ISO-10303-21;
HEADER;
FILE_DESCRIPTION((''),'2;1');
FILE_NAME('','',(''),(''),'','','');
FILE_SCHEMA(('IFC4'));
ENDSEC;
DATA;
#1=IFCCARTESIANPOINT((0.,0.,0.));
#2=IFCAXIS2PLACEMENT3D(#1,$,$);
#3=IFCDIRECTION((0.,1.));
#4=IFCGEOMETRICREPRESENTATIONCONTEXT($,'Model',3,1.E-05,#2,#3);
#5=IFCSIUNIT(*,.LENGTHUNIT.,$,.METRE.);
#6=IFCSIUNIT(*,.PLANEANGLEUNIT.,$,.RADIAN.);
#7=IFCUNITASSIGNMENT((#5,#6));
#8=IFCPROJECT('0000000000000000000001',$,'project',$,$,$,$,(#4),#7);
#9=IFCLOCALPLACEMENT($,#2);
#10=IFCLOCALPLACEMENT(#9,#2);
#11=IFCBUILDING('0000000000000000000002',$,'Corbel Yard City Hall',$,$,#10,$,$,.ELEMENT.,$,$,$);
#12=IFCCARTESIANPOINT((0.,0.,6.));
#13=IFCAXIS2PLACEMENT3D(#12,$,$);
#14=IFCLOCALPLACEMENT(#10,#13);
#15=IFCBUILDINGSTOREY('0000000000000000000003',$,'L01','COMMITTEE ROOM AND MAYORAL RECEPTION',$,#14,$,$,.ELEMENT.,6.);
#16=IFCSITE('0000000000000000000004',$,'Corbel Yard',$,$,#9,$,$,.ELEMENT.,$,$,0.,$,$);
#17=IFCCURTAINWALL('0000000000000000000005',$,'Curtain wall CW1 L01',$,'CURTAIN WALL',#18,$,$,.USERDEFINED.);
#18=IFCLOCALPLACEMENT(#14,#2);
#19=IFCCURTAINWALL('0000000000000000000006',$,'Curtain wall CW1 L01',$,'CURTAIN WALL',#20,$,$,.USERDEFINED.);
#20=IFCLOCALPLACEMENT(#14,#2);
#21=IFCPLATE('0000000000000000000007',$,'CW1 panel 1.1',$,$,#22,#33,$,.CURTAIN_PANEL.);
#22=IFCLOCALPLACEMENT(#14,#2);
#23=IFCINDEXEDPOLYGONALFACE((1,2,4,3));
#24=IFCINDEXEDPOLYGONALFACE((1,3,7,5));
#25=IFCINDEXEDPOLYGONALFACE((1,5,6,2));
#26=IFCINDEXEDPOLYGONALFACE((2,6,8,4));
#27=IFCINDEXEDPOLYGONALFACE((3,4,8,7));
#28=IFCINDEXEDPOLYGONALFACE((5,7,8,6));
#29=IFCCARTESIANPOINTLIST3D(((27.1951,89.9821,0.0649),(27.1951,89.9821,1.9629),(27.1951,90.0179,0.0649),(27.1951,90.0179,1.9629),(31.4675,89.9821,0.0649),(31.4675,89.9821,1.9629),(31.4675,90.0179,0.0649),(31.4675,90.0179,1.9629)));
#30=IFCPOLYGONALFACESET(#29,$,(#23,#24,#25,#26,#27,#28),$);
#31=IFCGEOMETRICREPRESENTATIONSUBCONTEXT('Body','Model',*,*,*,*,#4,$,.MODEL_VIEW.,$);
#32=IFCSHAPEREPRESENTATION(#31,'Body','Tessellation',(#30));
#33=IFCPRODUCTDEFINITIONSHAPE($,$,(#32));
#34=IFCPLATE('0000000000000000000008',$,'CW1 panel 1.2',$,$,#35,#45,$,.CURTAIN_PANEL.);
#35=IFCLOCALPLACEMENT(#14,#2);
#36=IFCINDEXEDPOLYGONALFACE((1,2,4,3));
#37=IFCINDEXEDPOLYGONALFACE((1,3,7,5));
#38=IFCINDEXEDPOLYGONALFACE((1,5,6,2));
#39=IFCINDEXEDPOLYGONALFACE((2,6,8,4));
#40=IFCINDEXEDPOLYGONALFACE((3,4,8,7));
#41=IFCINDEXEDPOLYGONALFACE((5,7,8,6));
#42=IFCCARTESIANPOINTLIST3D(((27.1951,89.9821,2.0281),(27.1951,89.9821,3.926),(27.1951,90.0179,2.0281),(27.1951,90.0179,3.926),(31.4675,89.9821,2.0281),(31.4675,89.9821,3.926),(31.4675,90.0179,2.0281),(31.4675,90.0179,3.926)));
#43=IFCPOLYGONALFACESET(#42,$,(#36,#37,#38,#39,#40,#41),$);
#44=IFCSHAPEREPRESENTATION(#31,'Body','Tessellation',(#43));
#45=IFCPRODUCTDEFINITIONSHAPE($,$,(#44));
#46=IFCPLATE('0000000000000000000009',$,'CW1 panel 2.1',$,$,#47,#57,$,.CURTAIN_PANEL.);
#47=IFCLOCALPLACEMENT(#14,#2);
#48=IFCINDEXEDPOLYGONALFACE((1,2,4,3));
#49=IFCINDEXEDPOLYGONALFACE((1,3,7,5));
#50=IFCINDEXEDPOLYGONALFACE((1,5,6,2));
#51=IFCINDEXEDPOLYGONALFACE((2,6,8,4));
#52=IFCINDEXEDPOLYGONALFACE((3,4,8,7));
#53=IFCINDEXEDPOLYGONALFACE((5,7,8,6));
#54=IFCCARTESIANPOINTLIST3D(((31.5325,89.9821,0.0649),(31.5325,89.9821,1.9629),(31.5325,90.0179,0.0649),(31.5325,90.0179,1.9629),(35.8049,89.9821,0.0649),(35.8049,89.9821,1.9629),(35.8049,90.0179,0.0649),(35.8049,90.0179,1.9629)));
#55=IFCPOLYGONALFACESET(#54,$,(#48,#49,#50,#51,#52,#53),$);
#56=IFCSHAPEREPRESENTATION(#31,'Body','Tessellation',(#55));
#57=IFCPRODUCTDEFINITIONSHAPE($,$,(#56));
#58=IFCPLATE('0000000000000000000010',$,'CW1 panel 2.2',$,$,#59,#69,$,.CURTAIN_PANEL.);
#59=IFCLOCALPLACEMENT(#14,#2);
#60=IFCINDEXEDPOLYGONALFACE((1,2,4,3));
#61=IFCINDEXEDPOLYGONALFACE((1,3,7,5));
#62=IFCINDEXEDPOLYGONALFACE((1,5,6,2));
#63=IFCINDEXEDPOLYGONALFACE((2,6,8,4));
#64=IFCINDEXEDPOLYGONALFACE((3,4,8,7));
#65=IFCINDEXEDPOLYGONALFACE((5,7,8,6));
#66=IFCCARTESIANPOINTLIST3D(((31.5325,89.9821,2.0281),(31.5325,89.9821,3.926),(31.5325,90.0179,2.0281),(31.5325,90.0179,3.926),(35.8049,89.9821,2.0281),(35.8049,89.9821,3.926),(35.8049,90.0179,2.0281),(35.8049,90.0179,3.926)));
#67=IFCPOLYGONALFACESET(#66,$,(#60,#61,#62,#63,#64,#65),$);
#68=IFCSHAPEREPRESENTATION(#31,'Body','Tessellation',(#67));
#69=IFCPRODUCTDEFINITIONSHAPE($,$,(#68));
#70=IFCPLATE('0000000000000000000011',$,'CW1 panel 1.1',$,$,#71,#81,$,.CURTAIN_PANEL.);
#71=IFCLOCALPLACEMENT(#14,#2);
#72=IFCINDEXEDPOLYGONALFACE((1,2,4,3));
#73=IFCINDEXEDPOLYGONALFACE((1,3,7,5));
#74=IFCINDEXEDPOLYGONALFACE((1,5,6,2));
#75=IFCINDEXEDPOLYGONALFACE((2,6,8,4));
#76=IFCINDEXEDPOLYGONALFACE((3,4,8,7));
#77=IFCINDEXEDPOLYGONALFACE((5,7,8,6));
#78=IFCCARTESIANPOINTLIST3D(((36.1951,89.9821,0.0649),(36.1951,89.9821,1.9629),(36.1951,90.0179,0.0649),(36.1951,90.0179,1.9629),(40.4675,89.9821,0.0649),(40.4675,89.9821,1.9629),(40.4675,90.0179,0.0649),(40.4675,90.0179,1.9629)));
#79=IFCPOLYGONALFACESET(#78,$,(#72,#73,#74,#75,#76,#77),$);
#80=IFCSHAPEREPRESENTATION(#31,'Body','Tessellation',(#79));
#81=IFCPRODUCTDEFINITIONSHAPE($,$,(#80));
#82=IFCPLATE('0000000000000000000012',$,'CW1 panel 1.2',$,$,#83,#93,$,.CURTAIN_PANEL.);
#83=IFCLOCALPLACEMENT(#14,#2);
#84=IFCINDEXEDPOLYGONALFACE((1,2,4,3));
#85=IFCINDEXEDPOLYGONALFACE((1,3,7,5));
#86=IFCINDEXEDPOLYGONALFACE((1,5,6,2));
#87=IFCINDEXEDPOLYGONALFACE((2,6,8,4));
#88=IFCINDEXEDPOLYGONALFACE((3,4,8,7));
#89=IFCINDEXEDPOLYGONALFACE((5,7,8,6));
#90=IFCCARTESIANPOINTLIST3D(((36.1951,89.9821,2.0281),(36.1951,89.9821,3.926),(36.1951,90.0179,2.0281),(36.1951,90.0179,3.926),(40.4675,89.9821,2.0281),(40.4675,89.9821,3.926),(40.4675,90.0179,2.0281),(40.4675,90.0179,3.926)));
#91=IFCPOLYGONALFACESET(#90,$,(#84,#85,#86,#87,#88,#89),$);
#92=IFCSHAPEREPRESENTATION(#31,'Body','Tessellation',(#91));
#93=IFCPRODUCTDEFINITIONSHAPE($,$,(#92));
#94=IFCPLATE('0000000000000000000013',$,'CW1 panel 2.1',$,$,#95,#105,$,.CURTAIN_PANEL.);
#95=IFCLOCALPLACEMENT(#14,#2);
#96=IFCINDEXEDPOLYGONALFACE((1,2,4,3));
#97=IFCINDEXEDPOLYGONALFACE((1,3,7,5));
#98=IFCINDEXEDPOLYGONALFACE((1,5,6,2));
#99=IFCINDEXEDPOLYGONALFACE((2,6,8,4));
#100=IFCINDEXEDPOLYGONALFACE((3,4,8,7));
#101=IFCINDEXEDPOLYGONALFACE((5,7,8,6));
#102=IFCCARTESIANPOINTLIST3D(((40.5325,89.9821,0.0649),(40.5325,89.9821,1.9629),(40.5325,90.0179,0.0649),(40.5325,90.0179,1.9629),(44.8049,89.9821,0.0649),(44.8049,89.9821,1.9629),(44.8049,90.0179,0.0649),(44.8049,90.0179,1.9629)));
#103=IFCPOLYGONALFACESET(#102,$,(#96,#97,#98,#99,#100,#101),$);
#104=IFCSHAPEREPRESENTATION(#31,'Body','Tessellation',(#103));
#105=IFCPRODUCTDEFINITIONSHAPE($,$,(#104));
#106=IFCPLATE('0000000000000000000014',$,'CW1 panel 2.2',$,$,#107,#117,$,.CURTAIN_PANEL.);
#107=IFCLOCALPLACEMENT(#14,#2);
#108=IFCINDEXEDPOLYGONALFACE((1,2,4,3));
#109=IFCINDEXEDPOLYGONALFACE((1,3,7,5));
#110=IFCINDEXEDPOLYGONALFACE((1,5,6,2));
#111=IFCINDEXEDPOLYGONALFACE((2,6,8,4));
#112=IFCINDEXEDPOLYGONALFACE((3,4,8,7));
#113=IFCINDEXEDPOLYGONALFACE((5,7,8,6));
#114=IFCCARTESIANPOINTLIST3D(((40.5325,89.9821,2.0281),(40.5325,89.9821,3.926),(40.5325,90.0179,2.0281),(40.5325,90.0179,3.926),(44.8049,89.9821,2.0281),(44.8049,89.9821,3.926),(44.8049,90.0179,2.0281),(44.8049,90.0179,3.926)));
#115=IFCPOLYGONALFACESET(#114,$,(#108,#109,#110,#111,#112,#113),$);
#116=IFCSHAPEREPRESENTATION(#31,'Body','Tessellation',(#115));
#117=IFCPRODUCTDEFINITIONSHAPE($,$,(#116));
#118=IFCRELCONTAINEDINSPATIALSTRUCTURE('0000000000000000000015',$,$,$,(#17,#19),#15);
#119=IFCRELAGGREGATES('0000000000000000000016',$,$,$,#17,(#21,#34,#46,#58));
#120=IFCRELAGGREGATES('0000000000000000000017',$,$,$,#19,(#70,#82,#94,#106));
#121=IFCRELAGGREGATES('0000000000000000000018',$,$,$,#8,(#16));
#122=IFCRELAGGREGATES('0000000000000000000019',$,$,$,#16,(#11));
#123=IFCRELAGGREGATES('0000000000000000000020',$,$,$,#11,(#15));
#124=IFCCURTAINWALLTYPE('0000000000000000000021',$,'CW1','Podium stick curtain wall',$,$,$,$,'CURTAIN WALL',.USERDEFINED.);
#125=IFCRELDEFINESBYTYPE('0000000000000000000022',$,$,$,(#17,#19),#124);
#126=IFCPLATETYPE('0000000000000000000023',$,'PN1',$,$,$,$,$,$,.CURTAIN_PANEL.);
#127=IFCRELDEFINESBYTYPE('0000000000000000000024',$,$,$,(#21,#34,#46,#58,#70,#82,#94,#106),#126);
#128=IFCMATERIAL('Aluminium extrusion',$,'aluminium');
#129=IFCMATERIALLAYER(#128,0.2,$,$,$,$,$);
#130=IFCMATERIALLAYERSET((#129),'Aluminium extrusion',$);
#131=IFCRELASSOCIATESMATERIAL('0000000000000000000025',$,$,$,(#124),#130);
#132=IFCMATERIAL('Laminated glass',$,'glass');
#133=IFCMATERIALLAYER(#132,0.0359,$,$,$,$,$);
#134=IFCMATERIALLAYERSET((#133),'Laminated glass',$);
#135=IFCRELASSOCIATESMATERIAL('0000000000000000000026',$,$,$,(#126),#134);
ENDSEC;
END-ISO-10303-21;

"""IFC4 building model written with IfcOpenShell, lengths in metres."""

from ifc_helpers import new_model, si_unit, direction, frame, origin, origin_2d, place, context, subcontext, project, spatial, rectangle, extrude, material, layer, layer_set, type_object, element, aggregate, save


model = new_model("IFC4")

# Units and contexts
model_context = context("Model", 3, precision=1e-05, world=origin(), true_north=direction((0.0, 1.0)))
body_context = subcontext(model_context, "Body", "Model", "MODEL_VIEW")
ifc_project = project(units=[si_unit("LENGTHUNIT", "METRE"), si_unit("PLANEANGLEUNIT", "RADIAN")], contexts=[model_context])

# Site, building, storey
site_placement = place(None, origin())
site = spatial("IfcSite", under=ifc_project, at=site_placement, Name="Corbel Yard", CompositionType="ELEMENT", RefElevation=0.0)
building_placement = place(site_placement, origin())
building = spatial("IfcBuilding", under=site, at=building_placement, Name="Corbel Yard City Hall", CompositionType="ELEMENT")
storey_placement = place(building_placement, frame((0.0, 0.0, 6.0)))
storey = spatial("IfcBuildingStorey", under=building, at=storey_placement, Name="L01", Description="COMMITTEE ROOM AND MAYORAL RECEPTION", CompositionType="ELEMENT", Elevation=6.0)

# Curtain walls
ifc_material_1 = material(Name="Aluminium extrusion", Category="aluminium")
ifc_layer_1 = layer(ifc_material_1, 0.2)
ifc_layer_set_1 = layer_set([ifc_layer_1], Name="Aluminium extrusion")
curtain_wall_type = type_object("IfcCurtainWallType", Name="CW1", Description="Podium stick curtain wall", ElementType="CURTAIN WALL", PredefinedType="USERDEFINED", material=ifc_layer_set_1)
curtain_wall_1_placement = place(storey_placement, origin())
curtain_wall_1 = element("IfcCurtainWall", 1, at=curtain_wall_1_placement, inside=storey, type_object=curtain_wall_type, Name="Curtain wall CW1 L01", ObjectType="CURTAIN WALL", PredefinedType="USERDEFINED")
curtain_wall_2_placement = place(storey_placement, origin())
curtain_wall_2 = element("IfcCurtainWall", 2, at=curtain_wall_2_placement, inside=storey, type_object=curtain_wall_type, Name="Curtain wall CW1 L01", ObjectType="CURTAIN WALL", PredefinedType="USERDEFINED")

# Plates
ifc_material_2 = material(Name="Laminated glass", Category="glass")
ifc_layer_2 = layer(ifc_material_2, 0.0359)
ifc_layer_set_2 = layer_set([ifc_layer_2], Name="Laminated glass")
plate_type = type_object("IfcPlateType", Name="PN1", PredefinedType="CURTAIN_PANEL", material=ifc_layer_set_2)
plate_1_placement = place(storey_placement, frame((29.3313, 90.0, 0.0649), z_axis=(0.0, 0.0, 1.0), x_axis=(1.0, 0.0, 0.0)))
plate_1 = element("IfcPlate", 3, at=plate_1_placement, type_object=plate_type, Name="CW1 panel 1.1", PredefinedType="CURTAIN_PANEL", context=body_context, shape_type="SweptSolid", body=[
    extrude(rectangle(XDim=4.2725, YDim=0.0359, at=origin_2d()), origin(), (0.0, 0.0, 1.0), 1.8979),
])
plate_2_placement = place(storey_placement, frame((29.3313, 90.0, 2.0281), z_axis=(0.0, 0.0, 1.0), x_axis=(1.0, 0.0, 0.0)))
plate_2 = element("IfcPlate", 4, at=plate_2_placement, type_object=plate_type, Name="CW1 panel 1.2", PredefinedType="CURTAIN_PANEL", context=body_context, shape_type="SweptSolid", body=[
    extrude(rectangle(XDim=4.2725, YDim=0.0359, at=origin_2d()), origin(), (0.0, 0.0, 1.0), 1.8979),
])
plate_3_placement = place(storey_placement, frame((33.6687, 90.0, 0.0649), z_axis=(0.0, 0.0, 1.0), x_axis=(1.0, 0.0, 0.0)))
plate_3 = element("IfcPlate", 5, at=plate_3_placement, type_object=plate_type, Name="CW1 panel 2.1", PredefinedType="CURTAIN_PANEL", context=body_context, shape_type="SweptSolid", body=[
    extrude(rectangle(XDim=4.2725, YDim=0.0359, at=origin_2d()), origin(), (0.0, 0.0, 1.0), 1.8979),
])
plate_4_placement = place(storey_placement, frame((33.6687, 90.0, 2.0281), z_axis=(0.0, 0.0, 1.0), x_axis=(1.0, 0.0, 0.0)))
plate_4 = element("IfcPlate", 6, at=plate_4_placement, type_object=plate_type, Name="CW1 panel 2.2", PredefinedType="CURTAIN_PANEL", context=body_context, shape_type="SweptSolid", body=[
    extrude(rectangle(XDim=4.2725, YDim=0.0359, at=origin_2d()), origin(), (0.0, 0.0, 1.0), 1.8979),
])
aggregate(curtain_wall_1, [plate_1, plate_2, plate_3, plate_4])
plate_5_placement = place(storey_placement, frame((38.3313, 90.0, 0.0649), z_axis=(0.0, 0.0, 1.0), x_axis=(1.0, 0.0, 0.0)))
plate_5 = element("IfcPlate", 7, at=plate_5_placement, type_object=plate_type, Name="CW1 panel 1.1", PredefinedType="CURTAIN_PANEL", context=body_context, shape_type="SweptSolid", body=[
    extrude(rectangle(XDim=4.2725, YDim=0.0359, at=origin_2d()), origin(), (0.0, 0.0, 1.0), 1.8979),
])
plate_6_placement = place(storey_placement, frame((38.3313, 90.0, 2.0281), z_axis=(0.0, 0.0, 1.0), x_axis=(1.0, 0.0, 0.0)))
plate_6 = element("IfcPlate", 8, at=plate_6_placement, type_object=plate_type, Name="CW1 panel 1.2", PredefinedType="CURTAIN_PANEL", context=body_context, shape_type="SweptSolid", body=[
    extrude(rectangle(XDim=4.2725, YDim=0.0359, at=origin_2d()), origin(), (0.0, 0.0, 1.0), 1.8979),
])
plate_7_placement = place(storey_placement, frame((42.6687, 90.0, 0.0649), z_axis=(0.0, 0.0, 1.0), x_axis=(1.0, 0.0, 0.0)))
plate_7 = element("IfcPlate", 9, at=plate_7_placement, type_object=plate_type, Name="CW1 panel 2.1", PredefinedType="CURTAIN_PANEL", context=body_context, shape_type="SweptSolid", body=[
    extrude(rectangle(XDim=4.2725, YDim=0.0359, at=origin_2d()), origin(), (0.0, 0.0, 1.0), 1.8979),
])
plate_8_placement = place(storey_placement, frame((42.6687, 90.0, 2.0281), z_axis=(0.0, 0.0, 1.0), x_axis=(1.0, 0.0, 0.0)))
plate_8 = element("IfcPlate", 10, at=plate_8_placement, type_object=plate_type, Name="CW1 panel 2.2", PredefinedType="CURTAIN_PANEL", context=body_context, shape_type="SweptSolid", body=[
    extrude(rectangle(XDim=4.2725, YDim=0.0359, at=origin_2d()), origin(), (0.0, 0.0, 1.0), 1.8979),
])
aggregate(curtain_wall_2, [plate_5, plate_6, plate_7, plate_8])

save(model, "model.ifc")
